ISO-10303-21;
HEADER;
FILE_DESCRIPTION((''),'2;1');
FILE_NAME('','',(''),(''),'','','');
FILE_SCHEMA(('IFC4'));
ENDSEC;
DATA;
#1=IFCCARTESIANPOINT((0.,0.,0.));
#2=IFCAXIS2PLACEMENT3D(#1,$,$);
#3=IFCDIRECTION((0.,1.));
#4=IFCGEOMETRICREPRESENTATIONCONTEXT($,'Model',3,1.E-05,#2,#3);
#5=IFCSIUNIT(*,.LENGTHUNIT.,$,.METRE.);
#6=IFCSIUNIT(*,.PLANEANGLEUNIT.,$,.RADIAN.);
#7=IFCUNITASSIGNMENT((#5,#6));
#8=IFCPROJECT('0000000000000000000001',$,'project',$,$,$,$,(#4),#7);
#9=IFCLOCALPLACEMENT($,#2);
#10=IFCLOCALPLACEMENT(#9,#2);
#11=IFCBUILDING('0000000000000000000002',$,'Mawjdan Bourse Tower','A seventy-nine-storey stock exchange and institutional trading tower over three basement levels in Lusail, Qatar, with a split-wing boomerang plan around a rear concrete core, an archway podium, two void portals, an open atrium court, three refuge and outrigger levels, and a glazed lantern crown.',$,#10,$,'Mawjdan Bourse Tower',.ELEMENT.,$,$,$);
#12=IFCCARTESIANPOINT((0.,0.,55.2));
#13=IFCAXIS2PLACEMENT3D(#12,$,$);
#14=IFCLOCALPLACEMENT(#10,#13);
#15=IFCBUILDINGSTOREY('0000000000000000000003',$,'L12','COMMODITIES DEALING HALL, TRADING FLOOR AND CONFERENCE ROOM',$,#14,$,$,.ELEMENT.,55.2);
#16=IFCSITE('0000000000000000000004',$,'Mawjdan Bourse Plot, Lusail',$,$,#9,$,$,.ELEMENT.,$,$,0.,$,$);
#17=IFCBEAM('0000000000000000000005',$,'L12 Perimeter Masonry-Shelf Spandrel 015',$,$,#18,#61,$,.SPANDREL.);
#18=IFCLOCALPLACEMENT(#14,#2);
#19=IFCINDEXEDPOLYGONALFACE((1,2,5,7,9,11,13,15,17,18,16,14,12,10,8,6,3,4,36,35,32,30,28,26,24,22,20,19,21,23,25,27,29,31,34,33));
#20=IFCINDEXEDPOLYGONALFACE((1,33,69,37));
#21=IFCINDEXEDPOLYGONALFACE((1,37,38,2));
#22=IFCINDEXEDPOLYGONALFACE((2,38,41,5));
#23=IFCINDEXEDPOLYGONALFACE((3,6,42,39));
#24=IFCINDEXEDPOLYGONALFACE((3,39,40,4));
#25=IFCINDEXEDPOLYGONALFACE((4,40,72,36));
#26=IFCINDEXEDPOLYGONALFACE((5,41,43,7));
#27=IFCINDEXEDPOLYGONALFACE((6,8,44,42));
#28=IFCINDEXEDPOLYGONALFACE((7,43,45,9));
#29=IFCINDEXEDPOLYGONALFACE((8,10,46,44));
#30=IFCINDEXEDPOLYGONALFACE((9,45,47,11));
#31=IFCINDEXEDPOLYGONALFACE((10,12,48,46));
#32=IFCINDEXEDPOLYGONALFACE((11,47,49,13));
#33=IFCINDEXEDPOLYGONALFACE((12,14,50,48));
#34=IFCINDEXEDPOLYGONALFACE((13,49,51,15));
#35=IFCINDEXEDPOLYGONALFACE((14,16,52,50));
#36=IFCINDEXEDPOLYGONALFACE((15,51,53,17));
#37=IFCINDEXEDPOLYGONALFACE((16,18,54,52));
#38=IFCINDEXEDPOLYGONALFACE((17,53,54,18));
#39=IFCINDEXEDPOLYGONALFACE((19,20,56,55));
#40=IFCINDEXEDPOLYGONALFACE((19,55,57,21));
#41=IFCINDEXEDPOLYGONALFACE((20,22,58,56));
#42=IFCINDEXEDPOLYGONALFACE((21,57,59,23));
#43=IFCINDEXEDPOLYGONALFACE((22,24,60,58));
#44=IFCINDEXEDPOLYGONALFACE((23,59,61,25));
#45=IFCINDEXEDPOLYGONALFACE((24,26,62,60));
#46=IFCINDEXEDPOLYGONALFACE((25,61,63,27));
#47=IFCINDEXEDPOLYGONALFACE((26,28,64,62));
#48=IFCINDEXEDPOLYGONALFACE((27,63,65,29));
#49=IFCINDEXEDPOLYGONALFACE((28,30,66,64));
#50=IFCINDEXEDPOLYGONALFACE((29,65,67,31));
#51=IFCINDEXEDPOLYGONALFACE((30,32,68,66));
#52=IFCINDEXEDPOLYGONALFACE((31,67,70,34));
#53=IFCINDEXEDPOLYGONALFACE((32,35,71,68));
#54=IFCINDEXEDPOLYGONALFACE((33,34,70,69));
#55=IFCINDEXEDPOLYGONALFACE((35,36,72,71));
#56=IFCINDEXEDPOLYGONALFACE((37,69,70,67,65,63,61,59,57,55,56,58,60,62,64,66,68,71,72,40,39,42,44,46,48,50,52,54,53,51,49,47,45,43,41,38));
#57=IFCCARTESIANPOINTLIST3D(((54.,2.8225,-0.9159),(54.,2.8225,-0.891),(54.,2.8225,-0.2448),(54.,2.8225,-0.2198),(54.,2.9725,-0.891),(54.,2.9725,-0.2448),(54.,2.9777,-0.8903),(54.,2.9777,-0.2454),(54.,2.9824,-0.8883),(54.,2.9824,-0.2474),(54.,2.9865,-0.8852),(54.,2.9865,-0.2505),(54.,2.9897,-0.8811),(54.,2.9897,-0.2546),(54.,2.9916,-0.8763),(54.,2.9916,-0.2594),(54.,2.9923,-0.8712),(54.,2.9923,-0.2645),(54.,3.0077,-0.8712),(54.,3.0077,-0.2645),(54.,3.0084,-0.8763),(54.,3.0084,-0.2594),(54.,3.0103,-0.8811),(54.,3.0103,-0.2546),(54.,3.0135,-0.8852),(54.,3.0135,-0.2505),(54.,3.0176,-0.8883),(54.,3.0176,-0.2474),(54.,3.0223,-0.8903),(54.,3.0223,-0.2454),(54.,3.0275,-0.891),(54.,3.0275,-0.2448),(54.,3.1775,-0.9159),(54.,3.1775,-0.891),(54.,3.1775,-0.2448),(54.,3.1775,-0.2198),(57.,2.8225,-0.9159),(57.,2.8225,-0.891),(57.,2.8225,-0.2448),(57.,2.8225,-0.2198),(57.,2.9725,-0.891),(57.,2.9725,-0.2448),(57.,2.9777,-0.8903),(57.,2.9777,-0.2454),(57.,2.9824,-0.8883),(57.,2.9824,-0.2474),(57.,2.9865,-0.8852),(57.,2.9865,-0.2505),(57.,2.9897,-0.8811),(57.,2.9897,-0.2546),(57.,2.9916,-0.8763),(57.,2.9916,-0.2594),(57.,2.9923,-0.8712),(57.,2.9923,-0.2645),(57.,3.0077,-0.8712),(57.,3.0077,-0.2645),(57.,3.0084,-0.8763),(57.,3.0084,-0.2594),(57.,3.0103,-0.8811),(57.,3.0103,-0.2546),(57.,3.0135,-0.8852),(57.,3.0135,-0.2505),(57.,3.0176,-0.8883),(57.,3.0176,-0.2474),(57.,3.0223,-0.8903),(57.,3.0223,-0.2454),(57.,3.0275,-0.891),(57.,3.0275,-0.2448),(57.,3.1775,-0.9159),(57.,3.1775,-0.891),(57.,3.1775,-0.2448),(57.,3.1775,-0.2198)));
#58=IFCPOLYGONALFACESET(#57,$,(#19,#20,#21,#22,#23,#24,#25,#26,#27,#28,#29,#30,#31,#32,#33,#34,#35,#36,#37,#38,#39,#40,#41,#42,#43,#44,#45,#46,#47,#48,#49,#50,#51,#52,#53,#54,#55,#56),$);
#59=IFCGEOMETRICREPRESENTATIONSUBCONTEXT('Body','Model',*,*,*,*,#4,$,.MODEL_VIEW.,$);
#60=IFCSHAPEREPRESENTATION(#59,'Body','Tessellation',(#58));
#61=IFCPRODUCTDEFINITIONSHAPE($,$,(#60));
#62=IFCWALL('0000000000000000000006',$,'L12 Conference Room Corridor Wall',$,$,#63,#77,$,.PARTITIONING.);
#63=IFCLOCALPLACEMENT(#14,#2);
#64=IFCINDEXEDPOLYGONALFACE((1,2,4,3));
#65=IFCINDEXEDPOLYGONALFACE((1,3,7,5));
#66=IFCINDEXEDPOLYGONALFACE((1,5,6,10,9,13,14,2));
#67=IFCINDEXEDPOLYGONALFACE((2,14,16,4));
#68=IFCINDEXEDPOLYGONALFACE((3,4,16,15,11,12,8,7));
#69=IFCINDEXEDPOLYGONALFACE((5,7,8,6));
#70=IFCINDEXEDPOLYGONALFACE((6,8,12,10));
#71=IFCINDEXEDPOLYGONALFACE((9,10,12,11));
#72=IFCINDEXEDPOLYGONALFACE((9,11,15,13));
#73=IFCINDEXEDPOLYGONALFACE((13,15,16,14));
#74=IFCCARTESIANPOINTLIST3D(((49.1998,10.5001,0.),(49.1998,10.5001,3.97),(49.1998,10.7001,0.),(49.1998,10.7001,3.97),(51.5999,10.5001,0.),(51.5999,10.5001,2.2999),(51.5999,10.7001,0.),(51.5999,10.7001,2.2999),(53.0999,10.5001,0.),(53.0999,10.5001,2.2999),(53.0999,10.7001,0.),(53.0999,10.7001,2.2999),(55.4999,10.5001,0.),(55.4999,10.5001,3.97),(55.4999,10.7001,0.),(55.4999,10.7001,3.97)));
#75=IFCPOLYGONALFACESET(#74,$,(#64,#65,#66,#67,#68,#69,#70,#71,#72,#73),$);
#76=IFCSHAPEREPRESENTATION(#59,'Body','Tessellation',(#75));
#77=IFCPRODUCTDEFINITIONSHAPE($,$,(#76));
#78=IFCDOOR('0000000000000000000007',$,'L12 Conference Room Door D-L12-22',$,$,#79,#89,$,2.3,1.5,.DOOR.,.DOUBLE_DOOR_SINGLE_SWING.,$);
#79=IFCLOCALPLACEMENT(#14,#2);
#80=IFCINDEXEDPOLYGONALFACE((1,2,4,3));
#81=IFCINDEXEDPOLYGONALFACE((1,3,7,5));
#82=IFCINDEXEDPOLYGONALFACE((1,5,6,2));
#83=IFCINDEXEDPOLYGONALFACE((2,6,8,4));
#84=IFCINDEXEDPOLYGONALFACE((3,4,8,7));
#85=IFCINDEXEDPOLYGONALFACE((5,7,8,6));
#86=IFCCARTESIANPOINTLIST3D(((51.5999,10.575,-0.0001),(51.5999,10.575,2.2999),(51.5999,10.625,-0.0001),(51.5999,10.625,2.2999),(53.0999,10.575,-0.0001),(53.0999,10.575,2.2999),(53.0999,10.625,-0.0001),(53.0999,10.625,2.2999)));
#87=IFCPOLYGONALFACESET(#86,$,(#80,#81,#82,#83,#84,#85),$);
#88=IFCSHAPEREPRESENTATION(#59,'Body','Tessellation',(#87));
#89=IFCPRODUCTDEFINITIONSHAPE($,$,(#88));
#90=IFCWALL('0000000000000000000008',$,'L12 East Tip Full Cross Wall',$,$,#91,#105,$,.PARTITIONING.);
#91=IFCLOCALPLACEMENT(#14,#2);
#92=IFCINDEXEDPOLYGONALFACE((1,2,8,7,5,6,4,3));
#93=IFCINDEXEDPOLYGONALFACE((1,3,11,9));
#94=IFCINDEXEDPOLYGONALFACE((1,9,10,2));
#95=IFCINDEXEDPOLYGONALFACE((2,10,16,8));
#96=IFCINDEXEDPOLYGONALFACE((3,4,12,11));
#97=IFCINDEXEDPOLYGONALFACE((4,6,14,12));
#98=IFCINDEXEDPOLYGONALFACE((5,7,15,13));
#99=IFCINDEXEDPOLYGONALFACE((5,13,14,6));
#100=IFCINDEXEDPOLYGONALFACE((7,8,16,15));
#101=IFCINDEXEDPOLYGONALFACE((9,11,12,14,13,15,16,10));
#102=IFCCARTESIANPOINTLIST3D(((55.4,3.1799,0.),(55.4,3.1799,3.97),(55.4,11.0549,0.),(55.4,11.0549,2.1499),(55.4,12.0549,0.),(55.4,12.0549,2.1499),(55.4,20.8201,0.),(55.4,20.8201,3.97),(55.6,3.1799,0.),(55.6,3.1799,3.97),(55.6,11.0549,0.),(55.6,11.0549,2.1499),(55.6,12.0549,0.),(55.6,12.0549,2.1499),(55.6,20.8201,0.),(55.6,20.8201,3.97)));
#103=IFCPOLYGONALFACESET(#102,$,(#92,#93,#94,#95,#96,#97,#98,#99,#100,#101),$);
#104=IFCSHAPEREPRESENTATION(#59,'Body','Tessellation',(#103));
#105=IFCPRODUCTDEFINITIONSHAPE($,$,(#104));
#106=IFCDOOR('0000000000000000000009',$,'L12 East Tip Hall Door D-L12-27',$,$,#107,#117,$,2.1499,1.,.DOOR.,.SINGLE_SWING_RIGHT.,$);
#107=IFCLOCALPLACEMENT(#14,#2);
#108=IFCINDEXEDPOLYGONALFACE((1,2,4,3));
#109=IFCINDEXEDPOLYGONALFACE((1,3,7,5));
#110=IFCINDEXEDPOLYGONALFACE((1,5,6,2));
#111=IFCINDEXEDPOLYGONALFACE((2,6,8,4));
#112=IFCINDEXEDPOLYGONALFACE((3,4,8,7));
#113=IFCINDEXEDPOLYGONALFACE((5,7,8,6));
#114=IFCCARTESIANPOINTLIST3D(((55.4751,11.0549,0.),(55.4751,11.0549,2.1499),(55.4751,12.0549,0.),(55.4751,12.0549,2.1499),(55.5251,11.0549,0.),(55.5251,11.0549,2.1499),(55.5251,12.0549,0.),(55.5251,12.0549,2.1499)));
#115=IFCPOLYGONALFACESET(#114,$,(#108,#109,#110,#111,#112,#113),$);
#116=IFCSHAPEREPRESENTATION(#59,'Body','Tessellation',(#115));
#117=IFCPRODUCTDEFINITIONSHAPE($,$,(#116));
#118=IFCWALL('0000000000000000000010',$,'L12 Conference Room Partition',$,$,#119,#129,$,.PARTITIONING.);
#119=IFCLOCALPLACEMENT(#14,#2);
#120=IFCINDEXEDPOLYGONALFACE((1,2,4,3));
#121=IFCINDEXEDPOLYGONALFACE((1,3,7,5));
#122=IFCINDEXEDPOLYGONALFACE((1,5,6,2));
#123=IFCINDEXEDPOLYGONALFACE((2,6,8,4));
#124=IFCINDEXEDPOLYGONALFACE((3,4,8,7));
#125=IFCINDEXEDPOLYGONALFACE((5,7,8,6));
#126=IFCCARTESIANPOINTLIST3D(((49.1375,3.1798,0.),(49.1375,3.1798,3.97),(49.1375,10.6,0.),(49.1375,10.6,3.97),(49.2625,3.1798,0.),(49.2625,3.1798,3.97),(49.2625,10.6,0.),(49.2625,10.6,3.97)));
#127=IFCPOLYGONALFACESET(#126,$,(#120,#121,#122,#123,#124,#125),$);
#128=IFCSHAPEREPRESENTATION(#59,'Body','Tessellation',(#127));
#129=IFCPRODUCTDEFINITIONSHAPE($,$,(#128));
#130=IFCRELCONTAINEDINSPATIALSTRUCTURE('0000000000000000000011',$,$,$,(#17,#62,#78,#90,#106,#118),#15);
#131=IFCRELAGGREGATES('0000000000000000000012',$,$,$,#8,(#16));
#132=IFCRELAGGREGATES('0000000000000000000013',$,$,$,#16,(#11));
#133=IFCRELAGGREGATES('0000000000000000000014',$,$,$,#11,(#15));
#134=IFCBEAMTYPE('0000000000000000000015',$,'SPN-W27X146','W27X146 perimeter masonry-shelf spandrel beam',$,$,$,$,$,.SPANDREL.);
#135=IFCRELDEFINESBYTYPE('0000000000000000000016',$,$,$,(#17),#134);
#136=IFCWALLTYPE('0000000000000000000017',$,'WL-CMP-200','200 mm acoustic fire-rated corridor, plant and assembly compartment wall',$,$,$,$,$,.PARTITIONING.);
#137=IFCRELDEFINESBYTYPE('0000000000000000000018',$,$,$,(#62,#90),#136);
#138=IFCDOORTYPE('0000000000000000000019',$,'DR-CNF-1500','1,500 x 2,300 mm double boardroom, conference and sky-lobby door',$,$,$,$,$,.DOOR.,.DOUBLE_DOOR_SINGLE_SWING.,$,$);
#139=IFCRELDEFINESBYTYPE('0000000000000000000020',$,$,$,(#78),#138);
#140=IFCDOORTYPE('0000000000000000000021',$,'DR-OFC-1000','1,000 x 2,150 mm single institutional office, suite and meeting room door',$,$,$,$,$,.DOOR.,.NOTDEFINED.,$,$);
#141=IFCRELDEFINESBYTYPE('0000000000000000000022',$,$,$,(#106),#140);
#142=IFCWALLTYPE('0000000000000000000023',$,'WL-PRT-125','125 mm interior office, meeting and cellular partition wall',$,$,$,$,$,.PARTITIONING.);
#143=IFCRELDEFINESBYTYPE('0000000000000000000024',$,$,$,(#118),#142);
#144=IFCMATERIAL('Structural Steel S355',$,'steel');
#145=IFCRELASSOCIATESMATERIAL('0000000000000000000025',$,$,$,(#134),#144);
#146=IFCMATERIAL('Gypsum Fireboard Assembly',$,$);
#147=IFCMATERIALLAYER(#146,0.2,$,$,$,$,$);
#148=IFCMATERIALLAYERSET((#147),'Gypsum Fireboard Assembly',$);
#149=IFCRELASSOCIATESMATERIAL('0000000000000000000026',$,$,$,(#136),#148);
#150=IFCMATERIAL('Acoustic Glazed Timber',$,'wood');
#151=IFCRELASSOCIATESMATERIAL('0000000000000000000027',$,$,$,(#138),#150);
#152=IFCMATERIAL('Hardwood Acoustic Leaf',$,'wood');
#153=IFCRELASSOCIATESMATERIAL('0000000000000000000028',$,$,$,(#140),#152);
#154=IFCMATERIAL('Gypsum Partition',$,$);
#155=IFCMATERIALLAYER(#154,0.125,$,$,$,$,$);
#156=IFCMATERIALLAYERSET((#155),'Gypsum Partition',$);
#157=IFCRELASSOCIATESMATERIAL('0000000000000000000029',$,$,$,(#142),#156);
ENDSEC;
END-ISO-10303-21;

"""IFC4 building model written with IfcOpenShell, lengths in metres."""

from ifc_helpers import new_model, si_unit, direction, frame, frame_2d, origin, origin_2d, place, context, subcontext, project, spatial, rectangle, i_section, extrude, material, layer, layer_set, material_profile, profile_set, type_object, element, fill, save


model = new_model("IFC4")

# Units and contexts
model_context = context("Model", 3, precision=1e-05, world=origin(), true_north=direction((0.0, 1.0)))
body_context = subcontext(model_context, "Body", "Model", "MODEL_VIEW")
ifc_project = project(units=[si_unit("LENGTHUNIT", "METRE"), si_unit("PLANEANGLEUNIT", "RADIAN")], contexts=[model_context])

# Site, building, storey
site_placement = place(None, origin())
site = spatial("IfcSite", under=ifc_project, at=site_placement, Name="Mawjdan Bourse Plot, Lusail", CompositionType="ELEMENT", RefElevation=0.0)
building_placement = place(site_placement, origin())
building = spatial("IfcBuilding", under=site, at=building_placement, Name="Mawjdan Bourse Tower", Description="A seventy-nine-storey stock exchange and institutional trading tower over three basement levels in Lusail, Qatar, with a split-wing boomerang plan around a rear concrete core, an archway podium, two void portals, an open atrium court, three refuge and outrigger levels, and a glazed lantern crown.", LongName="Mawjdan Bourse Tower", CompositionType="ELEMENT")
storey_placement = place(building_placement, frame((0.0, 0.0, 55.2)))
storey = spatial("IfcBuildingStorey", under=building, at=storey_placement, Name="L12", Description="COMMODITIES DEALING HALL, TRADING FLOOR AND CONFERENCE ROOM", CompositionType="ELEMENT", Elevation=55.2)

# Beam
ifc_material_1 = material(Name="Structural Steel S355", Category="steel")
ifc_material_profile_1 = material_profile(ifc_material_1, i_section(OverallWidth=0.355, OverallDepth=0.696, WebThickness=0.0154, FlangeThickness=0.0249, FilletRadius=0.0198, at=origin_2d()), Name="W27X146")
ifc_profile_set_1 = profile_set([ifc_material_profile_1], Name="Structural Steel S355")
beam_type_1 = type_object("IfcBeamType", Name="SPN-W27X146", Description="W27X146 perimeter masonry-shelf spandrel beam", PredefinedType="SPANDREL", material=ifc_profile_set_1)
for number, where, z_axis, x_axis, name in (
    (1, (54.0, 3.0, -0.5679), (1.0, 0.0, 0.0), (0.0, 1.0, 0.0), "L12 Perimeter Masonry-Shelf Spandrel 015"),
):
    element("IfcBeam", number, at=place(storey_placement, frame(where, z_axis=z_axis, x_axis=x_axis)), inside=storey, type_object=beam_type_1, Name=name, PredefinedType="SPANDREL", context=body_context, shape_type="SweptSolid", body=[
        extrude(i_section(OverallWidth=0.355, OverallDepth=0.696, WebThickness=0.0154, FlangeThickness=0.0249, FilletRadius=0.0198, at=origin_2d()), origin(), (0.0, 0.0, 1.0), 3.0),
    ])

# Walls, openings, doors
ifc_material_2 = material(Name="Gypsum Fireboard Assembly")
ifc_layer_1 = layer(ifc_material_2, 0.2)
ifc_layer_set_1 = layer_set([ifc_layer_1], Name="Gypsum Fireboard Assembly")
wall_type_1 = type_object("IfcWallType", Name="WL-CMP-200", Description="200 mm acoustic fire-rated corridor, plant and assembly compartment wall", PredefinedType="PARTITIONING", material=ifc_layer_set_1)
wall_1_placement = place(storey_placement, frame((49.2, 10.6001, 0.0), z_axis=(0.0, 0.0, 1.0), x_axis=(1.0, 0.0, 0.0)))
wall_1 = element("IfcWall", 2, at=wall_1_placement, inside=storey, type_object=wall_type_1, Name="L12 Conference Room Corridor Wall", PredefinedType="PARTITIONING", context=body_context, shape_type="SweptSolid", body=[
    extrude(rectangle(XDim=6.3, YDim=0.2, at=frame_2d((3.1499, 0.0))), origin(), (0.0, 0.0, 1.0), 3.97),
])
opening_1_placement = place(wall_1_placement, frame((2.3999, 0.0, 0.0)))
opening_1 = element("IfcOpeningElement", 3, at=opening_1_placement, cuts=wall_1, PredefinedType="OPENING", context=body_context, shape_type="SweptSolid", body=[
    extrude(rectangle(XDim=1.5, YDim=2.3, at=frame_2d((0.75, 1.1499))), frame((0.0, 0.1099, 0.0), z_axis=(0.0, -1.0, 0.0), x_axis=(1.0, 0.0, 0.0)), (0.0, 0.0, 1.0), 0.22),
])
ifc_material_3 = material(Name="Acoustic Glazed Timber", Category="wood")
door_type_1 = type_object("IfcDoorType", Name="DR-CNF-1500", Description="1,500 x 2,300 mm double boardroom, conference and sky-lobby door", OperationType="DOUBLE_DOOR_SINGLE_SWING", PredefinedType="DOOR", material=ifc_material_3)
door_1_placement = place(opening_1_placement, origin())
door_1 = element("IfcDoor", 4, at=door_1_placement, inside=storey, type_object=door_type_1, Name="L12 Conference Room Door D-L12-22", OperationType="DOUBLE_DOOR_SINGLE_SWING", OverallHeight=2.3, OverallWidth=1.5, PredefinedType="DOOR", context=body_context, shape_type="SweptSolid", body=[
    extrude(rectangle(XDim=1.5, YDim=2.3, at=frame_2d((0.75, 1.1499))), frame((0.0, 0.0249, 0.0), z_axis=(0.0, -1.0, 0.0), x_axis=(1.0, 0.0, 0.0)), (0.0, 0.0, 1.0), 0.05),
])
fill(opening_1, door_1)
wall_2_placement = place(storey_placement, frame((55.5, 3.1799, 0.0), z_axis=(0.0, 0.0, 1.0), x_axis=(0.0, 1.0, 0.0)))
wall_2 = element("IfcWall", 5, at=wall_2_placement, inside=storey, type_object=wall_type_1, Name="L12 East Tip Full Cross Wall", PredefinedType="PARTITIONING", context=body_context, shape_type="SweptSolid", body=[
    extrude(rectangle(XDim=17.6401, YDim=0.2, at=frame_2d((8.8201, 0.0))), origin(), (0.0, 0.0, 1.0), 3.97),
])
opening_2_placement = place(wall_2_placement, frame((7.875, 0.0, 0.0)))
opening_2 = element("IfcOpeningElement", 6, at=opening_2_placement, cuts=wall_2, PredefinedType="OPENING", context=body_context, shape_type="SweptSolid", body=[
    extrude(rectangle(XDim=1.0, YDim=2.1499, at=frame_2d((0.5, 1.075))), frame((0.0, 0.1099, 0.0), z_axis=(0.0, -1.0, 0.0), x_axis=(1.0, 0.0, 0.0)), (0.0, 0.0, 1.0), 0.22),
])
ifc_material_4 = material(Name="Hardwood Acoustic Leaf", Category="wood")
door_type_2 = type_object("IfcDoorType", Name="DR-OFC-1000", Description="1,000 x 2,150 mm single institutional office, suite and meeting room door", OperationType="NOTDEFINED", PredefinedType="DOOR", material=ifc_material_4)
door_2_placement = place(opening_2_placement, origin())
door_2 = element("IfcDoor", 7, at=door_2_placement, inside=storey, type_object=door_type_2, Name="L12 East Tip Hall Door D-L12-27", OperationType="SINGLE_SWING_RIGHT", OverallHeight=2.1499, OverallWidth=1.0, PredefinedType="DOOR", context=body_context, shape_type="SweptSolid", body=[
    extrude(rectangle(XDim=1.0, YDim=2.1499, at=frame_2d((0.5, 1.075))), frame((0.0, 0.0249, 0.0), z_axis=(0.0, -1.0, 0.0), x_axis=(1.0, 0.0, 0.0)), (0.0, 0.0, 1.0), 0.05),
])
fill(opening_2, door_2)

# Wall
ifc_material_5 = material(Name="Gypsum Partition")
ifc_layer_2 = layer(ifc_material_5, 0.125)
ifc_layer_set_2 = layer_set([ifc_layer_2], Name="Gypsum Partition")
wall_type_2 = type_object("IfcWallType", Name="WL-PRT-125", Description="125 mm interior office, meeting and cellular partition wall", PredefinedType="PARTITIONING", material=ifc_layer_set_2)
wall_3_placement = place(storey_placement, frame((49.2, 3.1799, 0.0), z_axis=(0.0, 0.0, 1.0), x_axis=(0.0, 1.0, 0.0)))
element("IfcWall", 8, at=wall_3_placement, inside=storey, type_object=wall_type_2, Name="L12 Conference Room Partition", PredefinedType="PARTITIONING", context=body_context, shape_type="SweptSolid", body=[
    extrude(rectangle(XDim=7.4202, YDim=0.125, at=frame_2d((3.71, 0.0))), origin(), (0.0, 0.0, 1.0), 3.97),
])

save(model, "model.ifc")
